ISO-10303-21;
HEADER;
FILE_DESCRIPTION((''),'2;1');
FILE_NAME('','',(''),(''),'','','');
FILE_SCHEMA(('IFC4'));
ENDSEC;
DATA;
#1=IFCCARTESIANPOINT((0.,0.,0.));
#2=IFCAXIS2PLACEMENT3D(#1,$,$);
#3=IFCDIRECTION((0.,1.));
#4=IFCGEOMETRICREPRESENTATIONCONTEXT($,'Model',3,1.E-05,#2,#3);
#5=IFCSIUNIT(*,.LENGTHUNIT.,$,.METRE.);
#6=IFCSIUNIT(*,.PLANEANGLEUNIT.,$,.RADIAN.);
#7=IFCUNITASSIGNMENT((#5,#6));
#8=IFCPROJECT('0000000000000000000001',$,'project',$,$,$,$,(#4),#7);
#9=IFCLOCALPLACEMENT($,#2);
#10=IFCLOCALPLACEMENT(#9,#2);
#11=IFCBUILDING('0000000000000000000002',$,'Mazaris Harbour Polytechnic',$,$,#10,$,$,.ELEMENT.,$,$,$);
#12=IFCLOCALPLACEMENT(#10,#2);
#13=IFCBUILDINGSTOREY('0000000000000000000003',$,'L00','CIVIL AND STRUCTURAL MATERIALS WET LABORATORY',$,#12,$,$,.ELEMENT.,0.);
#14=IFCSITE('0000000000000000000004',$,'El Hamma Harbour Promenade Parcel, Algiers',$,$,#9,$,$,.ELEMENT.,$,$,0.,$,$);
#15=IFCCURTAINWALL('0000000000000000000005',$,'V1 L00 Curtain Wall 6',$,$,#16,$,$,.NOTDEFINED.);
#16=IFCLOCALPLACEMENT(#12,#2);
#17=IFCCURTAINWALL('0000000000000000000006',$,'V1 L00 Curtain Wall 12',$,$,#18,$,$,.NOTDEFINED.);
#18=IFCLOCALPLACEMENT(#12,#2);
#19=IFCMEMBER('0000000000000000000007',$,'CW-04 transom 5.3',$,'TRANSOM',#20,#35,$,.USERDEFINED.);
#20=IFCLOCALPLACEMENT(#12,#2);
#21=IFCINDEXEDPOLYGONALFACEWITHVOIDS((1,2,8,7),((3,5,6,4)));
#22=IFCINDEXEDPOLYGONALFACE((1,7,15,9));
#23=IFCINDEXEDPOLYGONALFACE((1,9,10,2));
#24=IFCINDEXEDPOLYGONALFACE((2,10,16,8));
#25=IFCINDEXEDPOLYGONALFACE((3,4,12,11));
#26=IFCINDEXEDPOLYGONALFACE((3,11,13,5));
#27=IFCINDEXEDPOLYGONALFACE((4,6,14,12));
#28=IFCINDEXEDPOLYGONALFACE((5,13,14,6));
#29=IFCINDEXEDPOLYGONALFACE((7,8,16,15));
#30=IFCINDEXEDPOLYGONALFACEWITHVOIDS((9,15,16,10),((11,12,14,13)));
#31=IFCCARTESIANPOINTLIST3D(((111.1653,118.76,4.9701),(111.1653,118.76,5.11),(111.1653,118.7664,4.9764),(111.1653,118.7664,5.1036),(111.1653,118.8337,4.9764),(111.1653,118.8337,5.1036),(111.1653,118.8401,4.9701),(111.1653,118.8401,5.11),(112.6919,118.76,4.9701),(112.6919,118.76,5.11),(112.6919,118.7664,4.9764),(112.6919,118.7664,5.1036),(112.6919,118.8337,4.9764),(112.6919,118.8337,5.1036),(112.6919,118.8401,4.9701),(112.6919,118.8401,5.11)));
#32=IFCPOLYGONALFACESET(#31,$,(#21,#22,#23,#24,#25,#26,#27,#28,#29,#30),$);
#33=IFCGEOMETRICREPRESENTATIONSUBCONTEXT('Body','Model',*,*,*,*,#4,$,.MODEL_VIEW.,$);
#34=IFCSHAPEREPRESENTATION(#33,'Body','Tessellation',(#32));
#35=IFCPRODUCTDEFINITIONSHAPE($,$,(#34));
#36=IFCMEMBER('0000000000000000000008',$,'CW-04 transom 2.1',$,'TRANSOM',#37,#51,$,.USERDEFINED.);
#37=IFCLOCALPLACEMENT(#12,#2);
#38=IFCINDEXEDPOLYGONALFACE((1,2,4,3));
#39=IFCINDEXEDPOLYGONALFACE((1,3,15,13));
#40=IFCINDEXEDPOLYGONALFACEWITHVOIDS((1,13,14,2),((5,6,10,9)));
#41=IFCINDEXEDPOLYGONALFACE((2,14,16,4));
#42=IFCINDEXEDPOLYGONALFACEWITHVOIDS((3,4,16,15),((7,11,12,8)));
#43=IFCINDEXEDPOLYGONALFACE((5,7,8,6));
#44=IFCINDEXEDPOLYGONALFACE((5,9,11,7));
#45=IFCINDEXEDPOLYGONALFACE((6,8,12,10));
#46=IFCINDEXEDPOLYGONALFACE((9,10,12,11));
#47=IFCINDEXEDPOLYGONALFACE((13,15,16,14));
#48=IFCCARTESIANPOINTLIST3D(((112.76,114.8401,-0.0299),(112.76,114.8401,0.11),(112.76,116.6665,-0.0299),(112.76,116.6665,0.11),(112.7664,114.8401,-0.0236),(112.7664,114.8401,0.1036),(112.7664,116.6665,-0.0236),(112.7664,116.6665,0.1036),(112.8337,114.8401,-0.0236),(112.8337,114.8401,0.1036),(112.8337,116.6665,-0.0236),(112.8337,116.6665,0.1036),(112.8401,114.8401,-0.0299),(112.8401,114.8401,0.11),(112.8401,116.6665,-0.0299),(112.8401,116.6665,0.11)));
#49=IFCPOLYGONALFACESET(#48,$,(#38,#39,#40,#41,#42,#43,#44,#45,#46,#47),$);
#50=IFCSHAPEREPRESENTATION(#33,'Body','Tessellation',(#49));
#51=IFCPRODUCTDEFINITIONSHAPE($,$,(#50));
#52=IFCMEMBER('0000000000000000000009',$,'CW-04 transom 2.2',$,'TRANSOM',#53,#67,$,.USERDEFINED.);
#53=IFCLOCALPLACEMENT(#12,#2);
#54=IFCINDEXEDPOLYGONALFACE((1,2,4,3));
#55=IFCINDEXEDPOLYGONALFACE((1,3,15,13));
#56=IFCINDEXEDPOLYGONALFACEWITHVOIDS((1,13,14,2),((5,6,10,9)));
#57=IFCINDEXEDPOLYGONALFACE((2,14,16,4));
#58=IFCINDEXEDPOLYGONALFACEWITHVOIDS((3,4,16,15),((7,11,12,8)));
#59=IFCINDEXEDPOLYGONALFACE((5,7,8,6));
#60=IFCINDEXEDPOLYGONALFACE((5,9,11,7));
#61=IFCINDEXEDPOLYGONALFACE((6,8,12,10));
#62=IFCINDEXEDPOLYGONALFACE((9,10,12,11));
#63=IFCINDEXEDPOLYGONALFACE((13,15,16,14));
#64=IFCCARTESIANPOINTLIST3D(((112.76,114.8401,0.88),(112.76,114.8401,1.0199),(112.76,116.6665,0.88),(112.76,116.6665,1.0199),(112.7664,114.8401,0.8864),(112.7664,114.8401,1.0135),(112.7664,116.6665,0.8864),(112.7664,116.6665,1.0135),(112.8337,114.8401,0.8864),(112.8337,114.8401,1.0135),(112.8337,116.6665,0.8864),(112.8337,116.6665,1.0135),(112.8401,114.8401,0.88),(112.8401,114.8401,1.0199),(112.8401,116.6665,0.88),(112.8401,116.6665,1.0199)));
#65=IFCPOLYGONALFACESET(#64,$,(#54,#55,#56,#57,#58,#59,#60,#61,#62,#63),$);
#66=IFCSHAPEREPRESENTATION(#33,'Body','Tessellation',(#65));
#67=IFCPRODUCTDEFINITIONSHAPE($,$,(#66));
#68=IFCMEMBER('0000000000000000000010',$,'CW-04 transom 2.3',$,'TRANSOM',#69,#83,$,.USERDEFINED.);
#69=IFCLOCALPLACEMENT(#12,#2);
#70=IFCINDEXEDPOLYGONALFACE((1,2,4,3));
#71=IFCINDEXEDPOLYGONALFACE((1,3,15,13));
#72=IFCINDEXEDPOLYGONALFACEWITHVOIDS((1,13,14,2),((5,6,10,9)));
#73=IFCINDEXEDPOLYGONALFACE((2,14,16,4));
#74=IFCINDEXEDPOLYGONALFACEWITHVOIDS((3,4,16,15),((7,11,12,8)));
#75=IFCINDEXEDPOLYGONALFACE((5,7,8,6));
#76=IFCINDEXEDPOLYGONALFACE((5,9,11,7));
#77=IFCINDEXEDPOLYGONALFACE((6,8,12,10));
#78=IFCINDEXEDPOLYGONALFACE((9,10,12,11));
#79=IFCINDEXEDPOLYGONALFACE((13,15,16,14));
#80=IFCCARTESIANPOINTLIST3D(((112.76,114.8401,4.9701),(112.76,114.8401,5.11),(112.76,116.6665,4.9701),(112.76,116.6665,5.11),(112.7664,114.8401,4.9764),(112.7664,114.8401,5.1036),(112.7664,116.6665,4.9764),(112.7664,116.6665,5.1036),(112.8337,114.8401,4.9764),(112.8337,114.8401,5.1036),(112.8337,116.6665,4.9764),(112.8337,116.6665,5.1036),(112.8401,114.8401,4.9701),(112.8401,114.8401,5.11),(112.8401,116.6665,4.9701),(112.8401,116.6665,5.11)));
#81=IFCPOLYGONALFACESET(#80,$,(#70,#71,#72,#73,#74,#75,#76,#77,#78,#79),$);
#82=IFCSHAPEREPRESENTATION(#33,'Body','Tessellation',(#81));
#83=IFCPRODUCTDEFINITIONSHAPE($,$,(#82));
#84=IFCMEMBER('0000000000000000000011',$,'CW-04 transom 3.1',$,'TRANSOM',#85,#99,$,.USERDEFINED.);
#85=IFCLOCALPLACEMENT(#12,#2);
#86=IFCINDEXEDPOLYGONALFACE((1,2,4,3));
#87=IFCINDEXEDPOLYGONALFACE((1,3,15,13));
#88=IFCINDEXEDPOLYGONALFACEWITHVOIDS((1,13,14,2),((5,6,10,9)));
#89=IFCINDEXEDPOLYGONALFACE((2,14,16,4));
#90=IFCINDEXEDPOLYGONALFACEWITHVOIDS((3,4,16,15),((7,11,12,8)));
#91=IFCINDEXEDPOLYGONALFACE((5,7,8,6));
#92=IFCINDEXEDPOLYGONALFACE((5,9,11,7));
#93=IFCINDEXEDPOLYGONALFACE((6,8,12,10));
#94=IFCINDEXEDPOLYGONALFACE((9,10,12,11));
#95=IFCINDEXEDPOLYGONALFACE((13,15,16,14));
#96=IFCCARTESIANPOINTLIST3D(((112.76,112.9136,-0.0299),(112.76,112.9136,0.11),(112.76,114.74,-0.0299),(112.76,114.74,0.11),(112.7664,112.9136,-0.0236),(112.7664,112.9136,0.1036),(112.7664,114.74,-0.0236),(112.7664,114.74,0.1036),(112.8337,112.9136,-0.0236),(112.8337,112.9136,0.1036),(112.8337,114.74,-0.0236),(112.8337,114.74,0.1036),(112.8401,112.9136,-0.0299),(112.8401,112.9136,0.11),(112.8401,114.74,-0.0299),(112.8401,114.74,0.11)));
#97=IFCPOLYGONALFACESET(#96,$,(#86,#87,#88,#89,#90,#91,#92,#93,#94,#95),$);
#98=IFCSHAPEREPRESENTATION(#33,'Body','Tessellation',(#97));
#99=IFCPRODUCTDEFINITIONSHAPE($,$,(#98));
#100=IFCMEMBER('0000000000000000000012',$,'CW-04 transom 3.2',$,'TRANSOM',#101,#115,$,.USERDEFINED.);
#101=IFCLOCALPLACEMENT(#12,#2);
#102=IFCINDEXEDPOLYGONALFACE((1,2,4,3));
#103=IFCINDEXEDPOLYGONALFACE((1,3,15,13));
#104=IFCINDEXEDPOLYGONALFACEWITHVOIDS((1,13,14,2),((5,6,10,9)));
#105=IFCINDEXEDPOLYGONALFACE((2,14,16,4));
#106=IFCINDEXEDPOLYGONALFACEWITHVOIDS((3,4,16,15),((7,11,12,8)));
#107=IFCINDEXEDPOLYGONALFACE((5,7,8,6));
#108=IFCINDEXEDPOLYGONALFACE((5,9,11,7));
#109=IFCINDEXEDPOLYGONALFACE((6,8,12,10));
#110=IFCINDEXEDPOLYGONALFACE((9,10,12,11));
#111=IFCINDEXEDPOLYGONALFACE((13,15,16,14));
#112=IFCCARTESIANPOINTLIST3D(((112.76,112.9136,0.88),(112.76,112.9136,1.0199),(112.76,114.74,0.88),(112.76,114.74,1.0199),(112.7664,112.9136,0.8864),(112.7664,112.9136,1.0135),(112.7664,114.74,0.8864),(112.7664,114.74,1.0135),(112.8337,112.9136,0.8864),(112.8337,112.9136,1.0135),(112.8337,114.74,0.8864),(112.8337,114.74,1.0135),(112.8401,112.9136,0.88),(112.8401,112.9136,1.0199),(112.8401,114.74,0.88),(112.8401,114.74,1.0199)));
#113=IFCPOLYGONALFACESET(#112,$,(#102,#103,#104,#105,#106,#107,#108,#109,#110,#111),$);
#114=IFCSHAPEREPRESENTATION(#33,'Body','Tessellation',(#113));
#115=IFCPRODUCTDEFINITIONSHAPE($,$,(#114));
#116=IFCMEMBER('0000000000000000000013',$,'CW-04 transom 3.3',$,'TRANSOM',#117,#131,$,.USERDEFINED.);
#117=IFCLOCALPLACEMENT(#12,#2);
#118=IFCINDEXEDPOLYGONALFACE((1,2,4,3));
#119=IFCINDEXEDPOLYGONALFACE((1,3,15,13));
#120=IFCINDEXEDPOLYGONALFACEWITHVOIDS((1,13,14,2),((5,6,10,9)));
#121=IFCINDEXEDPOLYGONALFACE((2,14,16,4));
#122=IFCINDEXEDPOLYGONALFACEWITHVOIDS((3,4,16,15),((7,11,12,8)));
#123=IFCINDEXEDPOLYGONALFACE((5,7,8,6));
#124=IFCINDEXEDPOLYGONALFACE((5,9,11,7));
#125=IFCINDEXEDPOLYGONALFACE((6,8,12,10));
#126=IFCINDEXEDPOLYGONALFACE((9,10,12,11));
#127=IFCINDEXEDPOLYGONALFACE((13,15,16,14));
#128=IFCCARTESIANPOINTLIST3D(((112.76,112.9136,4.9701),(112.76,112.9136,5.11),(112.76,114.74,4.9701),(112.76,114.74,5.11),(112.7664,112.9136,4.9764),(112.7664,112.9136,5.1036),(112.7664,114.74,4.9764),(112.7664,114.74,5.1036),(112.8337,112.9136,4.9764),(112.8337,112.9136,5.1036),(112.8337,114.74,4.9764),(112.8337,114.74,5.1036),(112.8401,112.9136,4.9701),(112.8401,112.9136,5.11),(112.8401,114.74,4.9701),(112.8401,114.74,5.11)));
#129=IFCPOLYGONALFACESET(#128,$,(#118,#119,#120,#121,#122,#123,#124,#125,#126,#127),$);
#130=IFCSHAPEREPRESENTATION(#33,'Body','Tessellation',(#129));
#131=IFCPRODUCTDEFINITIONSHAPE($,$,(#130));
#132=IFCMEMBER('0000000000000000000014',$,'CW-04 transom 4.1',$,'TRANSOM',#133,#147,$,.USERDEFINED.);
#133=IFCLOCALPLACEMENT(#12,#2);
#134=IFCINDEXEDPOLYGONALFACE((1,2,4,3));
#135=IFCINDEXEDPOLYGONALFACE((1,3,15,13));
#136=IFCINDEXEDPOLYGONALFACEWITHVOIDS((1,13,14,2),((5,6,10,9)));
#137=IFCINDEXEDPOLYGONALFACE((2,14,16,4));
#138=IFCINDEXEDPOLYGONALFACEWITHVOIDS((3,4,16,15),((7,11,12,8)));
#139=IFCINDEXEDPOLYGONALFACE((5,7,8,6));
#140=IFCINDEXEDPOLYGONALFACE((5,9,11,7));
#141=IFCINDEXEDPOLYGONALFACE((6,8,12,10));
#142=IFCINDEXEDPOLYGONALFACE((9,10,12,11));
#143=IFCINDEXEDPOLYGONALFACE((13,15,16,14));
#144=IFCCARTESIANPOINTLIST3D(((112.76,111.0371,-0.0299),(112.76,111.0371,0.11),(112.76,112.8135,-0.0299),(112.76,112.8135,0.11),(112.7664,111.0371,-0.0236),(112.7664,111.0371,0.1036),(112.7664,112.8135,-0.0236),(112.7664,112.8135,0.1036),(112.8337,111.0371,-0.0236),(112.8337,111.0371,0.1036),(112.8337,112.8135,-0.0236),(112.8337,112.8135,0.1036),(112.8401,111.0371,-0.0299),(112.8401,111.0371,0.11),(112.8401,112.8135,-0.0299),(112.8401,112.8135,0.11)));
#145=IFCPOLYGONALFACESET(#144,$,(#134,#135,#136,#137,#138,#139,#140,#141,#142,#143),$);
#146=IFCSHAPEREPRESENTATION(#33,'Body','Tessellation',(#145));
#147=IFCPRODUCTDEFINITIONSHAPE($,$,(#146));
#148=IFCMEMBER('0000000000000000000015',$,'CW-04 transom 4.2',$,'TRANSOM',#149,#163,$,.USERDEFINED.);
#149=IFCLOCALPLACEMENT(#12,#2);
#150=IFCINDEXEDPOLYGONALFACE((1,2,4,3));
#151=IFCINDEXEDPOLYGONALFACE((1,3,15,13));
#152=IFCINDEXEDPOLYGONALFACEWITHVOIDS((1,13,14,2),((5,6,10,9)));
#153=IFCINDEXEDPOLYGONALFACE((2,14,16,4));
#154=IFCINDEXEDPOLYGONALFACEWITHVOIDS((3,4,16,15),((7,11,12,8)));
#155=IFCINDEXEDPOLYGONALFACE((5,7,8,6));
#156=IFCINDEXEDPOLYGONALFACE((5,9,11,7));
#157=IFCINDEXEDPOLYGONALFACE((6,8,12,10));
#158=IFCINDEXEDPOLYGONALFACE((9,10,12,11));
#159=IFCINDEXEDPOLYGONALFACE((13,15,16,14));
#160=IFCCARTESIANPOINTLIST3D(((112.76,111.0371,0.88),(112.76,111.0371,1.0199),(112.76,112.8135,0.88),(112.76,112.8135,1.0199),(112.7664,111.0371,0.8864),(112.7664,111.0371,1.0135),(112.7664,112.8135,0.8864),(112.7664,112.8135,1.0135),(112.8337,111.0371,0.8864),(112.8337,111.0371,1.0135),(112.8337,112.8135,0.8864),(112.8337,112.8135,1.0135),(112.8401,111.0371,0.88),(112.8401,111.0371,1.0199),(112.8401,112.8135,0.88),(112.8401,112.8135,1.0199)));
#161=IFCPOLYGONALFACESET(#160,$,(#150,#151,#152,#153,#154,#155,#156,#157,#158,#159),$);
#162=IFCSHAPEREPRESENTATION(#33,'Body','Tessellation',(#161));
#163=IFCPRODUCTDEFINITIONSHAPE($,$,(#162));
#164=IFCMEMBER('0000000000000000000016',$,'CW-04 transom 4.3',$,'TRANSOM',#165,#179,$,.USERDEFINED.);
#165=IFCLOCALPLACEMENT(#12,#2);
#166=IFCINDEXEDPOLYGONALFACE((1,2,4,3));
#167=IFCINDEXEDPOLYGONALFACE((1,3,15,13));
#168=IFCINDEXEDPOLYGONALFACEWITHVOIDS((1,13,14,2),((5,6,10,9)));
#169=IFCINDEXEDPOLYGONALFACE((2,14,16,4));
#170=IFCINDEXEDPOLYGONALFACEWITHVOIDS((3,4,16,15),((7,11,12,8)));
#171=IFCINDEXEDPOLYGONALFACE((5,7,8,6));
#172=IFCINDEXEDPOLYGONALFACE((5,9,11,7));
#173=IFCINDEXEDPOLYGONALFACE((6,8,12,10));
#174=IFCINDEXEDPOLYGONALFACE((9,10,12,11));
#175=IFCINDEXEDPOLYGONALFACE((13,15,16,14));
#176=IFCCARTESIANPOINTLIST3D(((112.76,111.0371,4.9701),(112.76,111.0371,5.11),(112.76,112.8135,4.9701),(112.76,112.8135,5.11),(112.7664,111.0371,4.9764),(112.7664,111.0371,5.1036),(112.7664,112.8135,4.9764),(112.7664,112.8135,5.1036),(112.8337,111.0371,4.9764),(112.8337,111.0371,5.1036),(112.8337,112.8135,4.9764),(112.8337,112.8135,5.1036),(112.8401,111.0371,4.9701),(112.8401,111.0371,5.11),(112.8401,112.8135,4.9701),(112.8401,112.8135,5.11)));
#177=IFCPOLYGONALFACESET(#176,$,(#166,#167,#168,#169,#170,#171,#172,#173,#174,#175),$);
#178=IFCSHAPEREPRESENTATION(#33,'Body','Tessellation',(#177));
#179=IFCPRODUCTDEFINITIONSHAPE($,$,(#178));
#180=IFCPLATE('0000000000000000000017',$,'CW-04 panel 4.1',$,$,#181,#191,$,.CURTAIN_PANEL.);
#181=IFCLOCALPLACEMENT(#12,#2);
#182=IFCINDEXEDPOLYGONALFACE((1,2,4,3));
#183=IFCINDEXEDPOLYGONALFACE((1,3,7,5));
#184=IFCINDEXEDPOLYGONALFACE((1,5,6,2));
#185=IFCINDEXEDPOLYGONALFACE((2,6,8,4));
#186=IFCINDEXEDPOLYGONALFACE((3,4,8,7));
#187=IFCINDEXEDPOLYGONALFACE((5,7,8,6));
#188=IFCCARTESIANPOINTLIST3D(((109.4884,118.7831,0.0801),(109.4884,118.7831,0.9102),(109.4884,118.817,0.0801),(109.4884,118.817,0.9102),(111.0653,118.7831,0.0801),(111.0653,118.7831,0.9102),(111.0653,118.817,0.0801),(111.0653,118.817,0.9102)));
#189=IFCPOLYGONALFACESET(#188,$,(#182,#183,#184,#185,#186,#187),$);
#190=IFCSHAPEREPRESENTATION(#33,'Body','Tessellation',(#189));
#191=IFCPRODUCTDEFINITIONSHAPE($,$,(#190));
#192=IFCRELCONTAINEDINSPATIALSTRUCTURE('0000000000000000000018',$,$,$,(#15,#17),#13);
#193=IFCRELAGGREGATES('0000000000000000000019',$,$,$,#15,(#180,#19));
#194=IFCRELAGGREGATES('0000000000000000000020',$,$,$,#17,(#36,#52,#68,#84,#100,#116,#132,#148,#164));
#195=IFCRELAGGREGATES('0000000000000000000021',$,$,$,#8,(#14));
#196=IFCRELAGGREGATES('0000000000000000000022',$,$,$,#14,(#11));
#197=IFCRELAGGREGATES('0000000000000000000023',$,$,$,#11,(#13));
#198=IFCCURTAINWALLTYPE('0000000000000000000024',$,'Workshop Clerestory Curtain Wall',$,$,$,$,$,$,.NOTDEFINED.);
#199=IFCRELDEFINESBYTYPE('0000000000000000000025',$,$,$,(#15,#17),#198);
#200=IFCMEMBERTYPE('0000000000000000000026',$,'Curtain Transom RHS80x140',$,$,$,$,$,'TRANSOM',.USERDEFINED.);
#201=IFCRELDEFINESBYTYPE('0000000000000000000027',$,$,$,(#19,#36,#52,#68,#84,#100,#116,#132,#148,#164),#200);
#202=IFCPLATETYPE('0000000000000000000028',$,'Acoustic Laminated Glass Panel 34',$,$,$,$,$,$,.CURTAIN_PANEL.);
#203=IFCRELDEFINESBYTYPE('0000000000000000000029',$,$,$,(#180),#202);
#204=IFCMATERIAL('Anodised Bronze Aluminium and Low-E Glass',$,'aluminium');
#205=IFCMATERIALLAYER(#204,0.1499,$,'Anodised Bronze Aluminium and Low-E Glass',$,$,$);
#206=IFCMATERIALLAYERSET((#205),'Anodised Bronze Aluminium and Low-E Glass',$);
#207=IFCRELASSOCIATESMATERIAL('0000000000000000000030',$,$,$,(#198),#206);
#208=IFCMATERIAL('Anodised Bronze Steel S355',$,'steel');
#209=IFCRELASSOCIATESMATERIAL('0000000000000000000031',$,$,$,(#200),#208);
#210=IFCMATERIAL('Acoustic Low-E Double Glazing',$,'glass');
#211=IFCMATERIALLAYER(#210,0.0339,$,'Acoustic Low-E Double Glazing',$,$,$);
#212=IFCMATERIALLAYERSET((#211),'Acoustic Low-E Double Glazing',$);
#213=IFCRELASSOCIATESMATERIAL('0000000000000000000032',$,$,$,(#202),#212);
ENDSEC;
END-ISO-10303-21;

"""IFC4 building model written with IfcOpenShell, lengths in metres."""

from ifc_helpers import new_model, si_unit, direction, frame, origin, origin_2d, place, context, subcontext, project, spatial, rectangle, hollow_rectangle, extrude, material, layer, layer_set, material_profile, profile_set, type_object, element, aggregate, save


model = new_model("IFC4")

# Units and contexts
model_context = context("Model", 3, precision=1e-05, world=origin(), true_north=direction((0.0, 1.0)))
body_context = subcontext(model_context, "Body", "Model", "MODEL_VIEW")
ifc_project = project(units=[si_unit("LENGTHUNIT", "METRE"), si_unit("PLANEANGLEUNIT", "RADIAN")], contexts=[model_context])

# Site, building, storey
site_placement = place(None, origin())
site = spatial("IfcSite", under=ifc_project, at=site_placement, Name="El Hamma Harbour Promenade Parcel, Algiers", CompositionType="ELEMENT", RefElevation=0.0)
building_placement = place(site_placement, origin())
building = spatial("IfcBuilding", under=site, at=building_placement, Name="Mazaris Harbour Polytechnic", CompositionType="ELEMENT")
storey_placement = place(building_placement, origin())
storey = spatial("IfcBuildingStorey", under=building, at=storey_placement, Name="L00", Description="CIVIL AND STRUCTURAL MATERIALS WET LABORATORY", CompositionType="ELEMENT", Elevation=0.0)

# Curtain walls
ifc_material_1 = material(Name="Anodised Bronze Aluminium and Low-E Glass", Category="aluminium")
ifc_layer_1 = layer(ifc_material_1, 0.1499, Name="Anodised Bronze Aluminium and Low-E Glass")
ifc_layer_set_1 = layer_set([ifc_layer_1], Name="Anodised Bronze Aluminium and Low-E Glass")
curtain_wall_type = type_object("IfcCurtainWallType", Name="Workshop Clerestory Curtain Wall", PredefinedType="NOTDEFINED", material=ifc_layer_set_1)
curtain_wall_1_placement = place(storey_placement, origin())
curtain_wall_1 = element("IfcCurtainWall", 1, at=curtain_wall_1_placement, inside=storey, type_object=curtain_wall_type, Name="V1 L00 Curtain Wall 6", PredefinedType="NOTDEFINED")
curtain_wall_2_placement = place(storey_placement, origin())
curtain_wall_2 = element("IfcCurtainWall", 2, at=curtain_wall_2_placement, inside=storey, type_object=curtain_wall_type, Name="V1 L00 Curtain Wall 12", PredefinedType="NOTDEFINED")

# Members
ifc_material_2 = material(Name="Anodised Bronze Steel S355", Category="steel")
ifc_material_profile_1 = material_profile(ifc_material_2, hollow_rectangle(XDim=0.0801, YDim=0.1399, WallThickness=0.0063, at=origin_2d()), Name="RHS 80x140x6.3")
ifc_profile_set_1 = profile_set([ifc_material_profile_1], Name="Anodised Bronze Steel S355")
member_type_1 = type_object("IfcMemberType", Name="Curtain Transom RHS80x140", ElementType="TRANSOM", PredefinedType="USERDEFINED", material=ifc_profile_set_1)
member_1_placement = place(storey_placement, frame((111.1653, 118.8, 5.04), z_axis=(1.0, 0.0, 0.0), x_axis=(0.0, 1.0, 0.0)))
member_1 = element("IfcMember", 3, at=member_1_placement, type_object=member_type_1, Name="CW-04 transom 5.3", ObjectType="TRANSOM", PredefinedType="USERDEFINED", context=body_context, shape_type="SweptSolid", body=[
    extrude(hollow_rectangle(XDim=0.0801, YDim=0.1399, WallThickness=0.0063, at=origin_2d()), origin(), (0.0, 0.0, 1.0), 1.5266),
])
member_2_placement = place(storey_placement, frame((112.8, 116.6665, 0.04), z_axis=(0.0, -1.0, 0.0), x_axis=(1.0, 0.0, 0.0)))
member_2 = element("IfcMember", 4, at=member_2_placement, type_object=member_type_1, Name="CW-04 transom 2.1", ObjectType="TRANSOM", PredefinedType="USERDEFINED", context=body_context, shape_type="SweptSolid", body=[
    extrude(hollow_rectangle(XDim=0.0801, YDim=0.1399, WallThickness=0.0063, at=origin_2d()), origin(), (0.0, 0.0, 1.0), 1.8264),
])
member_3_placement = place(storey_placement, frame((112.8, 116.6665, 0.95), z_axis=(0.0, -1.0, 0.0), x_axis=(1.0, 0.0, 0.0)))
member_3 = element("IfcMember", 5, at=member_3_placement, type_object=member_type_1, Name="CW-04 transom 2.2", ObjectType="TRANSOM", PredefinedType="USERDEFINED", context=body_context, shape_type="SweptSolid", body=[
    extrude(hollow_rectangle(XDim=0.0801, YDim=0.1399, WallThickness=0.0063, at=origin_2d()), origin(), (0.0, 0.0, 1.0), 1.8264),
])
member_4_placement = place(storey_placement, frame((112.8, 116.6665, 5.04), z_axis=(0.0, -1.0, 0.0), x_axis=(1.0, 0.0, 0.0)))
member_4 = element("IfcMember", 6, at=member_4_placement, type_object=member_type_1, Name="CW-04 transom 2.3", ObjectType="TRANSOM", PredefinedType="USERDEFINED", context=body_context, shape_type="SweptSolid", body=[
    extrude(hollow_rectangle(XDim=0.0801, YDim=0.1399, WallThickness=0.0063, at=origin_2d()), origin(), (0.0, 0.0, 1.0), 1.8264),
])
member_5_placement = place(storey_placement, frame((112.8, 114.74, 0.04), z_axis=(0.0, -1.0, 0.0), x_axis=(1.0, 0.0, 0.0)))
member_5 = element("IfcMember", 7, at=member_5_placement, type_object=member_type_1, Name="CW-04 transom 3.1", ObjectType="TRANSOM", PredefinedType="USERDEFINED", context=body_context, shape_type="SweptSolid", body=[
    extrude(hollow_rectangle(XDim=0.0801, YDim=0.1399, WallThickness=0.0063, at=origin_2d()), origin(), (0.0, 0.0, 1.0), 1.8264),
])
member_6_placement = place(storey_placement, frame((112.8, 114.74, 0.95), z_axis=(0.0, -1.0, 0.0), x_axis=(1.0, 0.0, 0.0)))
member_6 = element("IfcMember", 8, at=member_6_placement, type_object=member_type_1, Name="CW-04 transom 3.2", ObjectType="TRANSOM", PredefinedType="USERDEFINED", context=body_context, shape_type="SweptSolid", body=[
    extrude(hollow_rectangle(XDim=0.0801, YDim=0.1399, WallThickness=0.0063, at=origin_2d()), origin(), (0.0, 0.0, 1.0), 1.8264),
])
member_7_placement = place(storey_placement, frame((112.8, 114.74, 5.04), z_axis=(0.0, -1.0, 0.0), x_axis=(1.0, 0.0, 0.0)))
member_7 = element("IfcMember", 9, at=member_7_placement, type_object=member_type_1, Name="CW-04 transom 3.3", ObjectType="TRANSOM", PredefinedType="USERDEFINED", context=body_context, shape_type="SweptSolid", body=[
    extrude(hollow_rectangle(XDim=0.0801, YDim=0.1399, WallThickness=0.0063, at=origin_2d()), origin(), (0.0, 0.0, 1.0), 1.8264),
])
member_8_placement = place(storey_placement, frame((112.8, 112.8135, 0.04), z_axis=(0.0, -1.0, 0.0), x_axis=(1.0, 0.0, 0.0)))
member_8 = element("IfcMember", 10, at=member_8_placement, type_object=member_type_1, Name="CW-04 transom 4.1", ObjectType="TRANSOM", PredefinedType="USERDEFINED", context=body_context, shape_type="SweptSolid", body=[
    extrude(hollow_rectangle(XDim=0.0801, YDim=0.1399, WallThickness=0.0063, at=origin_2d()), origin(), (0.0, 0.0, 1.0), 1.7764),
])
member_9_placement = place(storey_placement, frame((112.8, 112.8135, 0.95), z_axis=(0.0, -1.0, 0.0), x_axis=(1.0, 0.0, 0.0)))
member_9 = element("IfcMember", 11, at=member_9_placement, type_object=member_type_1, Name="CW-04 transom 4.2", ObjectType="TRANSOM", PredefinedType="USERDEFINED", context=body_context, shape_type="SweptSolid", body=[
    extrude(hollow_rectangle(XDim=0.0801, YDim=0.1399, WallThickness=0.0063, at=origin_2d()), origin(), (0.0, 0.0, 1.0), 1.7764),
])
member_10_placement = place(storey_placement, frame((112.8, 112.8135, 5.04), z_axis=(0.0, -1.0, 0.0), x_axis=(1.0, 0.0, 0.0)))
member_10 = element("IfcMember", 12, at=member_10_placement, type_object=member_type_1, Name="CW-04 transom 4.3", ObjectType="TRANSOM", PredefinedType="USERDEFINED", context=body_context, shape_type="SweptSolid", body=[
    extrude(hollow_rectangle(XDim=0.0801, YDim=0.1399, WallThickness=0.0063, at=origin_2d()), origin(), (0.0, 0.0, 1.0), 1.7764),
])

# Plate
ifc_material_3 = material(Name="Acoustic Low-E Double Glazing", Category="glass")
ifc_layer_2 = layer(ifc_material_3, 0.0339, Name="Acoustic Low-E Double Glazing")
ifc_layer_set_2 = layer_set([ifc_layer_2], Name="Acoustic Low-E Double Glazing")
plate_type = type_object("IfcPlateType", Name="Acoustic Laminated Glass Panel 34", PredefinedType="CURTAIN_PANEL", material=ifc_layer_set_2)
plate_1_placement = place(storey_placement, frame((110.2769, 118.8, 0.0801), z_axis=(0.0, 0.0, 1.0), x_axis=(1.0, 0.0, 0.0)))
plate_1 = element("IfcPlate", 13, at=plate_1_placement, type_object=plate_type, Name="CW-04 panel 4.1", PredefinedType="CURTAIN_PANEL", context=body_context, shape_type="SweptSolid", body=[
    extrude(rectangle(XDim=1.5769, YDim=0.0339, at=origin_2d()), origin(), (0.0, 0.0, 1.0), 0.8301),
])
aggregate(curtain_wall_1, [plate_1, member_1])
aggregate(curtain_wall_2, [member_2, member_3, member_4, member_5, member_6, member_7, member_8, member_9, member_10])

save(model, "model.ifc")
